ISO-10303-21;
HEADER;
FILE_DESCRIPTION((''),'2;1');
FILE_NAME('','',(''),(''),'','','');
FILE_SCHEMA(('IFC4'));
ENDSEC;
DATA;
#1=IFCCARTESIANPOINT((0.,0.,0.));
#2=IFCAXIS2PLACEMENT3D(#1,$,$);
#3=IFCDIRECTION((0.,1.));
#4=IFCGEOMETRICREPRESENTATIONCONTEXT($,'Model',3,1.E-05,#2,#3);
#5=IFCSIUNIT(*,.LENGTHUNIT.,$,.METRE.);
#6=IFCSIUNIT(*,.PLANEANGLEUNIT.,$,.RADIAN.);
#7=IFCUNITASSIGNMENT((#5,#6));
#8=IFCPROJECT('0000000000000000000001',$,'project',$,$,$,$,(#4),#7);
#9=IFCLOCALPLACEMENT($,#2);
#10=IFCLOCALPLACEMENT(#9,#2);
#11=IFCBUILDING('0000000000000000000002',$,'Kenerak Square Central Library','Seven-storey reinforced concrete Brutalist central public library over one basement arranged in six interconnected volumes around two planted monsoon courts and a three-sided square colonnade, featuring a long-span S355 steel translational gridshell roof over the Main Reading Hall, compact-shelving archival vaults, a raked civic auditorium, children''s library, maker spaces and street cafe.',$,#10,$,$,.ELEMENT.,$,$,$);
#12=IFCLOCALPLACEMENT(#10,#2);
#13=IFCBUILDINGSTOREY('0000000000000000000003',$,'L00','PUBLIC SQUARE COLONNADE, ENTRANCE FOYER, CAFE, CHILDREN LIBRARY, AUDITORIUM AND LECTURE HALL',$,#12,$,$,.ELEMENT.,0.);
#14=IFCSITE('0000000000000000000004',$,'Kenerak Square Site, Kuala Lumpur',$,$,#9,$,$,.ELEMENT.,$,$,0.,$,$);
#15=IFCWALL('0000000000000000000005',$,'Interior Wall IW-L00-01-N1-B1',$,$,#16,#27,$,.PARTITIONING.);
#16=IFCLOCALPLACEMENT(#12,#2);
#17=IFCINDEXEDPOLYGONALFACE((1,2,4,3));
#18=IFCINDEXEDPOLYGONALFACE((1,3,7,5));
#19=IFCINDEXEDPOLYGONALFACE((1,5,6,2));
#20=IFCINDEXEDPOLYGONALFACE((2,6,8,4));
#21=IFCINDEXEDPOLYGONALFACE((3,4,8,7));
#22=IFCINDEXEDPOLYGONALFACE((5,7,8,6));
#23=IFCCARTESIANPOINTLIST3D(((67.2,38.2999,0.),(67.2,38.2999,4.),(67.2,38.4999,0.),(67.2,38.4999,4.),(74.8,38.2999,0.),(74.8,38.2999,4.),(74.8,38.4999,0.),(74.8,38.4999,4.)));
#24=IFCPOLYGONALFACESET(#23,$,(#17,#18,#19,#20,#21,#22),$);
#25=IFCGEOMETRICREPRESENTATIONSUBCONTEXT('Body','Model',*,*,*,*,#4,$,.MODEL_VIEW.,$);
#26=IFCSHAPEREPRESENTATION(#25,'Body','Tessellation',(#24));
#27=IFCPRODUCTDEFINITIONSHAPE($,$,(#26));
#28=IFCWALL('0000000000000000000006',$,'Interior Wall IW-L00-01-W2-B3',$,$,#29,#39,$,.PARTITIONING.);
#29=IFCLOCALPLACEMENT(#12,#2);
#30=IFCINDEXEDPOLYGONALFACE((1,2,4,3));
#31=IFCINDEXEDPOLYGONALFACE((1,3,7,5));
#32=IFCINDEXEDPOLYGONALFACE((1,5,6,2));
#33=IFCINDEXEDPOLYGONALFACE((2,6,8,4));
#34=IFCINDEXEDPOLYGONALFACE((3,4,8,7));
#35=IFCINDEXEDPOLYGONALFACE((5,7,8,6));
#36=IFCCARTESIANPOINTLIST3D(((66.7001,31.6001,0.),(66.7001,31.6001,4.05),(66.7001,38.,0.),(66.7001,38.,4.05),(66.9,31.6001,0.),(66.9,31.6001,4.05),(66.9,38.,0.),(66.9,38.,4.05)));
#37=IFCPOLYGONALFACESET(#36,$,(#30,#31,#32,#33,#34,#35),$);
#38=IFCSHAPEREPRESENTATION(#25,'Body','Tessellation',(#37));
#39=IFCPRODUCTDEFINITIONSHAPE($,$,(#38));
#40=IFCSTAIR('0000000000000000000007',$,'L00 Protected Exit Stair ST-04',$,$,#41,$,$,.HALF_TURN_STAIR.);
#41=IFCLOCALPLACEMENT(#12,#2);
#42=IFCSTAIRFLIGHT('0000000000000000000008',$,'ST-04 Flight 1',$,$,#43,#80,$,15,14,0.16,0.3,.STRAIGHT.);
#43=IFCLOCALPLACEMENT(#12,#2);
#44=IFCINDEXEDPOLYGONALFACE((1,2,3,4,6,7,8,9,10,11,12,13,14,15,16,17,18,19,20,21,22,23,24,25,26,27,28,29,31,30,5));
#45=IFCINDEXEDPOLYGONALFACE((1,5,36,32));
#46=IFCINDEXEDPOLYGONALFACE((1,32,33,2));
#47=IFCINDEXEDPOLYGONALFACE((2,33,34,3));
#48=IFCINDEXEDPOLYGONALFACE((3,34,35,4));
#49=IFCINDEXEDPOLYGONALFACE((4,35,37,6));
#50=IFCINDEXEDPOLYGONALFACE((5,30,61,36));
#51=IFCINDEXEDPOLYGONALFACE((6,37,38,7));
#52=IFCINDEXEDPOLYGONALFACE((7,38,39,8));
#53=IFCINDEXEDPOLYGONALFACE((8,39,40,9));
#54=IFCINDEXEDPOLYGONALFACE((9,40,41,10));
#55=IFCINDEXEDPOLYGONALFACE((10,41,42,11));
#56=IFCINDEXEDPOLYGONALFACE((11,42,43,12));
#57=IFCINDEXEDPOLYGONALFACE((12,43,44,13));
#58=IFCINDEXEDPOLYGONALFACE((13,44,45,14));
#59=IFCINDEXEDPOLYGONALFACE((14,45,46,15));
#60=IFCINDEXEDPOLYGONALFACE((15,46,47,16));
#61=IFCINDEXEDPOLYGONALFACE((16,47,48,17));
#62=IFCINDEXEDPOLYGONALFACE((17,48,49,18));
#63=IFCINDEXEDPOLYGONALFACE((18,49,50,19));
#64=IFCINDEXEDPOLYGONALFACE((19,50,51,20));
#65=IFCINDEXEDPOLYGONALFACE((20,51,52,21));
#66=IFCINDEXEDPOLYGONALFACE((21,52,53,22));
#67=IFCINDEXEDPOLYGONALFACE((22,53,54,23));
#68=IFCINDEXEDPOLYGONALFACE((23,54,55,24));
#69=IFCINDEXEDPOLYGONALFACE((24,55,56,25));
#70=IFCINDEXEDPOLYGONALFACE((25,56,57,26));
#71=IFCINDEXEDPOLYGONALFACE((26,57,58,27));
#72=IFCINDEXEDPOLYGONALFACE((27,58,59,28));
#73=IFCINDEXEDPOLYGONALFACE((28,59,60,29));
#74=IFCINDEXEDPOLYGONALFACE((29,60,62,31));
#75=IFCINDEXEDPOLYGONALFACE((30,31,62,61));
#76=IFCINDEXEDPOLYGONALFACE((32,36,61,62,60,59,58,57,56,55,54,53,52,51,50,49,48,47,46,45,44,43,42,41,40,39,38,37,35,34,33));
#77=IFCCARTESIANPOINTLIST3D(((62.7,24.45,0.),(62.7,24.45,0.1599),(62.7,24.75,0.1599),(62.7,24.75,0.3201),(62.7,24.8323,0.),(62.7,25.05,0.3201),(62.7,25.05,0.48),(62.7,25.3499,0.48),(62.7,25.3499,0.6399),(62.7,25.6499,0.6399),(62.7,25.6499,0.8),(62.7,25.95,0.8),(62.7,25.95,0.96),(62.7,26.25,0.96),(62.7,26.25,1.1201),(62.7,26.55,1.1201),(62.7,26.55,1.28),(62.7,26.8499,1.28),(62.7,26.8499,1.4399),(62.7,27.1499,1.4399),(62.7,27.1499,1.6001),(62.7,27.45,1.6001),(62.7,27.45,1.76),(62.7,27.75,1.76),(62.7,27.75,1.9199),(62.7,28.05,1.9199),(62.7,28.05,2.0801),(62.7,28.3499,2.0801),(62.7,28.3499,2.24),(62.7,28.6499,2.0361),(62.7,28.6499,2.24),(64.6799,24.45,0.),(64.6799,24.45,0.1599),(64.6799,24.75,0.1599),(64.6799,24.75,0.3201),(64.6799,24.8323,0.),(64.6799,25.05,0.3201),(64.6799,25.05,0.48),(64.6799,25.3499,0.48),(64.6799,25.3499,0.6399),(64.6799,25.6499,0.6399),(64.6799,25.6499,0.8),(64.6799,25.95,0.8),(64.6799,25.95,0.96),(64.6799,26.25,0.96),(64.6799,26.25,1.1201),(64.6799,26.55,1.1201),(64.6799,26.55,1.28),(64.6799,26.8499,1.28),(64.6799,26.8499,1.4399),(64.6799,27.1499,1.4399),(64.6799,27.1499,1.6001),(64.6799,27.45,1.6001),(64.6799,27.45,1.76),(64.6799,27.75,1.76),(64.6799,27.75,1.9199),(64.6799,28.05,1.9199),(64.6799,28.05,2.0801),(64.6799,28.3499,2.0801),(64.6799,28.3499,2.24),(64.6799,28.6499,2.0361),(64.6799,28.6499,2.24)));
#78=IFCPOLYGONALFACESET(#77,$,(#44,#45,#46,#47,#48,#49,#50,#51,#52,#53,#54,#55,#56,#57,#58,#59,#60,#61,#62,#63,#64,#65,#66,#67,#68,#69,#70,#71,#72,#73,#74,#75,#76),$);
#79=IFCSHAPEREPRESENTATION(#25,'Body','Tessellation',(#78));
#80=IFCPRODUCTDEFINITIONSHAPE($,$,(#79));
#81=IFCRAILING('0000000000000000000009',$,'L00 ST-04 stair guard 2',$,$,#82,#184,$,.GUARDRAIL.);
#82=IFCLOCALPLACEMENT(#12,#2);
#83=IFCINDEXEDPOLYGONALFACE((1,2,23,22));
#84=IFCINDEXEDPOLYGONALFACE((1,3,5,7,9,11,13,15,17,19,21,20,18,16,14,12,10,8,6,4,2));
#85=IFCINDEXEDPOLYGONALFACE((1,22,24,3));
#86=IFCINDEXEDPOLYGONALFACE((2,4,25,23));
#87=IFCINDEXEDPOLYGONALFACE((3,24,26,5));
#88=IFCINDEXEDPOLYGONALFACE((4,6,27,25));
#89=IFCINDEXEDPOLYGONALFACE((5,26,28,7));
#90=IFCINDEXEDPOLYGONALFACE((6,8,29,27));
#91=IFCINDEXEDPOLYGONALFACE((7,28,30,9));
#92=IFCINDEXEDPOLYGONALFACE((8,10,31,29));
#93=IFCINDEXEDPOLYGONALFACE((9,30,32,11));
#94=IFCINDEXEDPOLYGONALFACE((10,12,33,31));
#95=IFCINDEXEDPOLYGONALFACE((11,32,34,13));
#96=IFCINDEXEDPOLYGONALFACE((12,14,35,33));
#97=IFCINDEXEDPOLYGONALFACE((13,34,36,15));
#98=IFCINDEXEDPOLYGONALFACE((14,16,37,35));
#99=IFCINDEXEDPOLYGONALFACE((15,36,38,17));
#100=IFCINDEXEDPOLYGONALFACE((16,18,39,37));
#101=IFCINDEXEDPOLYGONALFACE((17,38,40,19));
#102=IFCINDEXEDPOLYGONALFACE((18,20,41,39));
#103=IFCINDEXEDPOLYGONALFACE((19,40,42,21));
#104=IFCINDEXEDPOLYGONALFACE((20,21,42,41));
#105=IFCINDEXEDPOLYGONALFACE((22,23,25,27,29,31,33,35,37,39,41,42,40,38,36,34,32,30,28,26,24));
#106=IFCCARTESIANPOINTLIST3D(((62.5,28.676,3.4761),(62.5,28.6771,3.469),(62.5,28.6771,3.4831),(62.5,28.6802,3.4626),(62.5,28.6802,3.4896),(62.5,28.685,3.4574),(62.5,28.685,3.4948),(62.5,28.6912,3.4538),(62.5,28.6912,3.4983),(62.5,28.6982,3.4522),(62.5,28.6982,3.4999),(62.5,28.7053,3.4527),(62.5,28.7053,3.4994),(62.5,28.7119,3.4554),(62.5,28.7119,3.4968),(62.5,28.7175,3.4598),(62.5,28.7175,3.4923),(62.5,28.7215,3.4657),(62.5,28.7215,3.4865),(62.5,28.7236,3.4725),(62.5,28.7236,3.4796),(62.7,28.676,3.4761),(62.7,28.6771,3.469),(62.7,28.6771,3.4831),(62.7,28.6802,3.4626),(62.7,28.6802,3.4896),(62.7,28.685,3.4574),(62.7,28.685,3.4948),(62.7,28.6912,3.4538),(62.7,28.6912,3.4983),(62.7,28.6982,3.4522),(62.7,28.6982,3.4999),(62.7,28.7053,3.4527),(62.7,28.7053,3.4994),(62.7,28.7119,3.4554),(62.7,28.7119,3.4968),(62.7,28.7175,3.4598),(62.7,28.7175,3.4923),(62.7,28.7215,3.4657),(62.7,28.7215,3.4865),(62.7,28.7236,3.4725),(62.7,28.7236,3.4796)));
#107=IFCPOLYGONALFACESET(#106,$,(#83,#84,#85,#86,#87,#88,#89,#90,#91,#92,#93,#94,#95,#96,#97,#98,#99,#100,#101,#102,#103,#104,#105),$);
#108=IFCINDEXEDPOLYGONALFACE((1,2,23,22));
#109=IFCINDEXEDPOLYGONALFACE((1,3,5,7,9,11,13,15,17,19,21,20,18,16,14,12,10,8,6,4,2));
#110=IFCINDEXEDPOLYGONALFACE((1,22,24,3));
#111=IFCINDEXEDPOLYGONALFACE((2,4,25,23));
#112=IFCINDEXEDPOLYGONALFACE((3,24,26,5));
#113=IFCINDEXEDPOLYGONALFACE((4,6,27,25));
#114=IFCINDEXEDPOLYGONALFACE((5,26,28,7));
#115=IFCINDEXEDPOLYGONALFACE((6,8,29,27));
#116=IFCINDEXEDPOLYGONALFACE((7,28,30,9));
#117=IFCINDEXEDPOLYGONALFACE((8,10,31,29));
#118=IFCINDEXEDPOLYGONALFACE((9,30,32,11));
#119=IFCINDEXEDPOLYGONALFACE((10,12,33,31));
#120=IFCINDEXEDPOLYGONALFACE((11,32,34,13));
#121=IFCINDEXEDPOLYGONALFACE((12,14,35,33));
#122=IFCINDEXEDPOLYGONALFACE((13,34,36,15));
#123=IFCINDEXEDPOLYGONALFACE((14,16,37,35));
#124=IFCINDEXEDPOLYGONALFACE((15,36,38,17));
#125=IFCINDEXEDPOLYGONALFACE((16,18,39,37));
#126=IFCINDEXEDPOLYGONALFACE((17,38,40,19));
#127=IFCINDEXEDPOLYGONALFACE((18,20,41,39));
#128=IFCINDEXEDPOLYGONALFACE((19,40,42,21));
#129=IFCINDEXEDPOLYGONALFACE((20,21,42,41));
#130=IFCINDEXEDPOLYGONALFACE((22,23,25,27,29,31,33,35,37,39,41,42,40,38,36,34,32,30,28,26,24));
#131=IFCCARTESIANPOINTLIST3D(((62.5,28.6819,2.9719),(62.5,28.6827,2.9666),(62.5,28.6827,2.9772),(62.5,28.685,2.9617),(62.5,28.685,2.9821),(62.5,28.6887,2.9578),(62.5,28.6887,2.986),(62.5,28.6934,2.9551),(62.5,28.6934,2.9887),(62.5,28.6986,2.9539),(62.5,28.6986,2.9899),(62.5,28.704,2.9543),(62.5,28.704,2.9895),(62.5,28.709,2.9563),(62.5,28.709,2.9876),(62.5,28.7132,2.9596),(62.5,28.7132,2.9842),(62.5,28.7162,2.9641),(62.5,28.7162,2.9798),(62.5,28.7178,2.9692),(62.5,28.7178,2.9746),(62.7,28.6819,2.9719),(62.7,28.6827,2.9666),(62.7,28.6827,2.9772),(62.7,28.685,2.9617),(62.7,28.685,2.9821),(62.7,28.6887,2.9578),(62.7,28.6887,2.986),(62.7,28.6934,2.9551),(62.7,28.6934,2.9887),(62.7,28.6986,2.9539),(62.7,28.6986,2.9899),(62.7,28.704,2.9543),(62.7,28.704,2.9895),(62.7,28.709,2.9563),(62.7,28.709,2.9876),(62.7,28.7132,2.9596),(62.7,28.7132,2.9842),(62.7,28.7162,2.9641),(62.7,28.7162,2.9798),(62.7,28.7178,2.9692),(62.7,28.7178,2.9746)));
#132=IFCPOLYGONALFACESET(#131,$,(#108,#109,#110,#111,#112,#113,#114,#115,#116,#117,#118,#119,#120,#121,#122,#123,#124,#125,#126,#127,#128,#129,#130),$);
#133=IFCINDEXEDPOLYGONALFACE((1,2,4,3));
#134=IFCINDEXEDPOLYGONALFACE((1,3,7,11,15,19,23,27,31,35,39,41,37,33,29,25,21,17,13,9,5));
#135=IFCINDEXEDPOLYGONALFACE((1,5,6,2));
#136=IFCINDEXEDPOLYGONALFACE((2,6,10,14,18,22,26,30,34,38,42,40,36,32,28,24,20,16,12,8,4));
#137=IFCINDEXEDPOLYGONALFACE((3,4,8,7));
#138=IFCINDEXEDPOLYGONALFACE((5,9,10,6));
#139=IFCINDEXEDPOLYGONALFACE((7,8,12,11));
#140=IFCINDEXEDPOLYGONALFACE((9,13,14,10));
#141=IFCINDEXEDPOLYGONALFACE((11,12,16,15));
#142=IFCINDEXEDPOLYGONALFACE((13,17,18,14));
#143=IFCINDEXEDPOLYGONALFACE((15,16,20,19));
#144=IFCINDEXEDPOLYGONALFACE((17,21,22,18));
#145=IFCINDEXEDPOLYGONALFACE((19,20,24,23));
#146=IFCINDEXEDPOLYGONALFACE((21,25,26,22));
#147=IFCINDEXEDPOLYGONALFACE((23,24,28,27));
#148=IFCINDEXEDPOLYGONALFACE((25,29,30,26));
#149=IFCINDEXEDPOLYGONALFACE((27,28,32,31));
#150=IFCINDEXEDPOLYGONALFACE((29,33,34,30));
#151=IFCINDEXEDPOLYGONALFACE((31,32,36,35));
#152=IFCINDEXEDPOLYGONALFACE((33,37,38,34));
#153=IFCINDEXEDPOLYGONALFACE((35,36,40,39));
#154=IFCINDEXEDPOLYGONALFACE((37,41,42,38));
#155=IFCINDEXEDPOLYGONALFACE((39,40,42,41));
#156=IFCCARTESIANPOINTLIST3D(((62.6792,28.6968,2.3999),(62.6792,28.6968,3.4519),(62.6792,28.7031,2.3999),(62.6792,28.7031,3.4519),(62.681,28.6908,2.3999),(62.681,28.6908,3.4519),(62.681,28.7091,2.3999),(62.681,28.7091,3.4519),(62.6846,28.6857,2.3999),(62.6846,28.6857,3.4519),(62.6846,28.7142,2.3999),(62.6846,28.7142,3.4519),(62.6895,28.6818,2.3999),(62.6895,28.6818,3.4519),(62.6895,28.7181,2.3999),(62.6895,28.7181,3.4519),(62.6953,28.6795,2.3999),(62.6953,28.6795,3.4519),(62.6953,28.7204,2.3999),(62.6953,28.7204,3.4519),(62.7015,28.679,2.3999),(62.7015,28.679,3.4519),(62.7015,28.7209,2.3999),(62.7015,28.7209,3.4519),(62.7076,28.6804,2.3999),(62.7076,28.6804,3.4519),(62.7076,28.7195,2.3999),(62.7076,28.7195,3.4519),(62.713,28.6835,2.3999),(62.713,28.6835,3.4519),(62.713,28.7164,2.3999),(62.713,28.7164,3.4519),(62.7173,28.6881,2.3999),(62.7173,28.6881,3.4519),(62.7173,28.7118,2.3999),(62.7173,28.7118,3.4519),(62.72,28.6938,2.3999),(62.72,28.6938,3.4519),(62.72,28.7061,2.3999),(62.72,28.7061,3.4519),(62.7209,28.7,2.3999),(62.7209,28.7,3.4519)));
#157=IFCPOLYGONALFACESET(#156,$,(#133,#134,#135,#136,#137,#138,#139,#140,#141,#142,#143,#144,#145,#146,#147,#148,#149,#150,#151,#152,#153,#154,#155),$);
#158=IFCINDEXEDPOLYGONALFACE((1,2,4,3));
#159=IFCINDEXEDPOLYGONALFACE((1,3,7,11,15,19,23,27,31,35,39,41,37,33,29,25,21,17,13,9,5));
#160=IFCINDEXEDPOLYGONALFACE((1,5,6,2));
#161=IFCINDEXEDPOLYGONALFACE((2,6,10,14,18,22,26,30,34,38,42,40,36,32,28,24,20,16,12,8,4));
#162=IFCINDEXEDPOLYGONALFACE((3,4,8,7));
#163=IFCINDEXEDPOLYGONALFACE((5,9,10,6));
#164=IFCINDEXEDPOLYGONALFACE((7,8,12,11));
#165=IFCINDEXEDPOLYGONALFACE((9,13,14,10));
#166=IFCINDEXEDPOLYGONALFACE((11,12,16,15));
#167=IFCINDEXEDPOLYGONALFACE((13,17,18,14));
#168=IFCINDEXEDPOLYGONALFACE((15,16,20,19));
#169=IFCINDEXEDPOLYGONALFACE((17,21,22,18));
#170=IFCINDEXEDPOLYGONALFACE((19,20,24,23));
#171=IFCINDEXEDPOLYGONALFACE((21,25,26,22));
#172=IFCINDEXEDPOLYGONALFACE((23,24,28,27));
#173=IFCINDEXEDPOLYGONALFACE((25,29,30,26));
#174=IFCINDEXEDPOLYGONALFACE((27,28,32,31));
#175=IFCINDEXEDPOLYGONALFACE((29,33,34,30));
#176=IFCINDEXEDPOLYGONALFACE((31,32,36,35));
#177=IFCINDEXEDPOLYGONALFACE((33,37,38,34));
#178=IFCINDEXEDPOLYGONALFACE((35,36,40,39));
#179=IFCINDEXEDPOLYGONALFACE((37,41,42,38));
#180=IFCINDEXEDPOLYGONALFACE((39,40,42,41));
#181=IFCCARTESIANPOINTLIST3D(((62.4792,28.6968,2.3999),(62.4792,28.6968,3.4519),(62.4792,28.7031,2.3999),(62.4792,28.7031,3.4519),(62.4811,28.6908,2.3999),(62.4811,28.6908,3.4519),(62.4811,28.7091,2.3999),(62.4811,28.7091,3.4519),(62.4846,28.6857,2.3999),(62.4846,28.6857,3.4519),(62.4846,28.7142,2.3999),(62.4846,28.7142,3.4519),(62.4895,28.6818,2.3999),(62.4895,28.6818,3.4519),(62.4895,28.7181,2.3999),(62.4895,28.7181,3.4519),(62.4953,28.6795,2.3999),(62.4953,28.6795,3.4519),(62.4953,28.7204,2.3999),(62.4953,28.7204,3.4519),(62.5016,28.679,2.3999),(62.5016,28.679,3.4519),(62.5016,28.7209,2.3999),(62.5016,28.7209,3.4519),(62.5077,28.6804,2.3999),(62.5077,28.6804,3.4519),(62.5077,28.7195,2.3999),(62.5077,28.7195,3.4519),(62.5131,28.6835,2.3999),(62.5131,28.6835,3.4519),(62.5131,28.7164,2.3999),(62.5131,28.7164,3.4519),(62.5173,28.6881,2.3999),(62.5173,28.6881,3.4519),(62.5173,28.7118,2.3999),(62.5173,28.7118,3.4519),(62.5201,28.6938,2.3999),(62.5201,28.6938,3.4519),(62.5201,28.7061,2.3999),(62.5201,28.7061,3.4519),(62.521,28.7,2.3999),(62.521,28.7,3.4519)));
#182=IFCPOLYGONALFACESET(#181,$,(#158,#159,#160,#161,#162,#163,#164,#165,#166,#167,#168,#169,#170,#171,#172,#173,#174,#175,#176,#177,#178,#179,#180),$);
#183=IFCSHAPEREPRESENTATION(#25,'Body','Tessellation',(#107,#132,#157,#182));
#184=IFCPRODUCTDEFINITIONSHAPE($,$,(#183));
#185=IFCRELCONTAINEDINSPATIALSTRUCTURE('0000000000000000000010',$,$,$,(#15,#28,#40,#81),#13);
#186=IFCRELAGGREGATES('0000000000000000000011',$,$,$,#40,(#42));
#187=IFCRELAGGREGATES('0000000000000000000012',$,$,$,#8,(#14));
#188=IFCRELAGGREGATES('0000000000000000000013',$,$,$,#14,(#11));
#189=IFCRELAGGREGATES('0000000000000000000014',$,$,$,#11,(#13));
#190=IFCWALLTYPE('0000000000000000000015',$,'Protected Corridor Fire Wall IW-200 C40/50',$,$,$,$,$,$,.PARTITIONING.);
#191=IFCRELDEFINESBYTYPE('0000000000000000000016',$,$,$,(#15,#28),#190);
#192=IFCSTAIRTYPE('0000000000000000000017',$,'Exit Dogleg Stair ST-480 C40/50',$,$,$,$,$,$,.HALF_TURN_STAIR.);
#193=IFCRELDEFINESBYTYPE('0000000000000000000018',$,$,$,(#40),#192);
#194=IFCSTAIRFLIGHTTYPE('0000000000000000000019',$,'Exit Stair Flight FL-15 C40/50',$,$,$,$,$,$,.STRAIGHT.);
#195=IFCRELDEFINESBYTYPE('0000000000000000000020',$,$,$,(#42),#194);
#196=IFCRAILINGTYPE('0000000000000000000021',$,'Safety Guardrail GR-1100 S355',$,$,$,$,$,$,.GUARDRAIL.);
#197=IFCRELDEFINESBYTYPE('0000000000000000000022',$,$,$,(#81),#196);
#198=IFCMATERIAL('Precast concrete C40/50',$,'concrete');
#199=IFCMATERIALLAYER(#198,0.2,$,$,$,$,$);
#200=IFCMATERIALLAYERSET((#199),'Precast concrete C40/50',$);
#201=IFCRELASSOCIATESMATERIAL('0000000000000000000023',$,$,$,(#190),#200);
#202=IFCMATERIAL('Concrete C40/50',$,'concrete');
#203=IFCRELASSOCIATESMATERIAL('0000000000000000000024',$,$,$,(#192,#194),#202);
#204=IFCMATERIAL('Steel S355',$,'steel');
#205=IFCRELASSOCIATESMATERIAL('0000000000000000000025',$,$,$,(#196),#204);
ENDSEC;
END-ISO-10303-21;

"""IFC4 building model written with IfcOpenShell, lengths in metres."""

from ifc_helpers import new_model, si_unit, direction, frame, frame_2d, origin, origin_2d, place, context, subcontext, project, spatial, polyline, rectangle, circle, outline, extrude, material, layer, layer_set, type_object, element, aggregate, save


model = new_model("IFC4")

# Units and contexts
model_context = context("Model", 3, precision=1e-05, world=origin(), true_north=direction((0.0, 1.0)))
body_context = subcontext(model_context, "Body", "Model", "MODEL_VIEW")
ifc_project = project(units=[si_unit("LENGTHUNIT", "METRE"), si_unit("PLANEANGLEUNIT", "RADIAN")], contexts=[model_context])

# Site, building, storey
site_placement = place(None, origin())
site = spatial("IfcSite", under=ifc_project, at=site_placement, Name="Kenerak Square Site, Kuala Lumpur", CompositionType="ELEMENT", RefElevation=0.0)
building_placement = place(site_placement, origin())
building = spatial("IfcBuilding", under=site, at=building_placement, Name="Kenerak Square Central Library", Description="Seven-storey reinforced concrete Brutalist central public library over one basement arranged in six interconnected volumes around two planted monsoon courts and a three-sided square colonnade, featuring a long-span S355 steel translational gridshell roof over the Main Reading Hall, compact-shelving archival vaults, a raked civic auditorium, children's library, maker spaces and street cafe.", CompositionType="ELEMENT")
storey_placement = place(building_placement, origin())
storey = spatial("IfcBuildingStorey", under=building, at=storey_placement, Name="L00", Description="PUBLIC SQUARE COLONNADE, ENTRANCE FOYER, CAFE, CHILDREN LIBRARY, AUDITORIUM AND LECTURE HALL", CompositionType="ELEMENT", Elevation=0.0)

# Shared definitions
ifc_material_1 = material(Name="Concrete C40/50", Category="concrete")

# Walls
ifc_material_2 = material(Name="Precast concrete C40/50", Category="concrete")
ifc_layer_1 = layer(ifc_material_2, 0.2)
ifc_layer_set_1 = layer_set([ifc_layer_1], Name="Precast concrete C40/50")
wall_type_1 = type_object("IfcWallType", Name="Protected Corridor Fire Wall IW-200 C40/50", PredefinedType="PARTITIONING", material=ifc_layer_set_1)
wall_1_placement = place(storey_placement, frame((67.2, 38.3999, 0.0), z_axis=(0.0, 0.0, 1.0), x_axis=(1.0, 0.0, 0.0)))
element("IfcWall", 1, at=wall_1_placement, inside=storey, type_object=wall_type_1, Name="Interior Wall IW-L00-01-N1-B1", PredefinedType="PARTITIONING", context=body_context, shape_type="SweptSolid", body=[
    extrude(rectangle(XDim=7.6001, YDim=0.2, at=frame_2d((3.8, 0.0))), origin(), (0.0, 0.0, 1.0), 4.0),
])
wall_2_placement = place(storey_placement, frame((66.8, 31.6001, 0.0), z_axis=(0.0, 0.0, 1.0), x_axis=(0.0, 1.0, 0.0)))
element("IfcWall", 2, at=wall_2_placement, inside=storey, type_object=wall_type_1, Name="Interior Wall IW-L00-01-W2-B3", PredefinedType="PARTITIONING", context=body_context, shape_type="SweptSolid", body=[
    extrude(rectangle(XDim=6.3999, YDim=0.2, at=frame_2d((3.2, 0.0))), origin(), (0.0, 0.0, 1.0), 4.05),
])

# Stair, stair flight
stair_type = type_object("IfcStairType", Name="Exit Dogleg Stair ST-480 C40/50", PredefinedType="HALF_TURN_STAIR", material=ifc_material_1)
stair_placement = place(storey_placement, origin())
stair = element("IfcStair", 3, at=stair_placement, inside=storey, type_object=stair_type, Name="L00 Protected Exit Stair ST-04", PredefinedType="HALF_TURN_STAIR")
stair_flight_type = type_object("IfcStairFlightType", Name="Exit Stair Flight FL-15 C40/50", PredefinedType="STRAIGHT", material=ifc_material_1)
stair_flight_placement = place(storey_placement, frame((63.6899, 24.45, 0.0), z_axis=(0.0, 0.0, 1.0), x_axis=(0.0, 1.0, 0.0)))
stair_flight = element("IfcStairFlight", 4, at=stair_flight_placement, type_object=stair_flight_type, Name="ST-04 Flight 1", NumberOfRisers=15, NumberOfTreads=14, PredefinedType="STRAIGHT", RiserHeight=0.16, TreadLength=0.3, context=body_context, shape_type="SweptSolid", body=[
    extrude(outline(polyline([(0.0, 0.0), (0.0, 0.1599), (0.3, 0.1599), (0.3, 0.3201), (0.6001, 0.3201), (0.6001, 0.48), (0.8999, 0.48), (0.8999, 0.6399), (1.2, 0.6399), (1.2, 0.8), (1.5, 0.8), (1.5, 0.96), (1.8, 0.96), (1.8, 1.1201), (2.1001, 1.1201), (2.1001, 1.28), (2.3999, 1.28), (2.3999, 1.4399), (2.7, 1.4399), (2.7, 1.6001), (3.0, 1.6001), (3.0, 1.76), (3.3, 1.76), (3.3, 1.9199), (3.6001, 1.9199), (3.6001, 2.0801), (3.8999, 2.0801), (3.8999, 2.24), (4.2, 2.24), (4.2, 2.3999), (4.2, 2.0361), (0.3823, 0.0), (0.0, 0.0)])), frame((0.0, 0.99, 0.0), z_axis=(0.0, -1.0, 0.0), x_axis=(1.0, 0.0, 0.0)), (0.0, 0.0, 1.0), 1.98),
])
aggregate(stair, [stair_flight])

# Railing
ifc_material_3 = material(Name="Steel S355", Category="steel")
railing_type_1 = type_object("IfcRailingType", Name="Safety Guardrail GR-1100 S355", PredefinedType="GUARDRAIL", material=ifc_material_3)
railing_1_placement = place(storey_placement, frame((62.7, 28.7, 2.3999)))
element("IfcRailing", 5, at=railing_1_placement, inside=storey, type_object=railing_type_1, Name="L00 ST-04 stair guard 2", PredefinedType="GUARDRAIL", context=body_context, shape_type="SweptSolid", body=[
    extrude(circle(Radius=0.0239, at=origin_2d()), frame((0.0, 0.0, 1.0762), z_axis=(-1.0, 0.0, 0.0), x_axis=(0.0, -1.0, 0.0)), (0.0, 0.0, 1.0), 0.2),
    extrude(circle(Radius=0.0181, at=origin_2d()), frame((0.0, 0.0, 0.572), z_axis=(-1.0, 0.0, 0.0), x_axis=(0.0, -1.0, 0.0)), (0.0, 0.0, 1.0), 0.2),
    extrude(circle(Radius=0.021, at=origin_2d()), origin(), (0.0, 0.0, 1.0), 1.052),
    extrude(circle(Radius=0.021, at=origin_2d()), frame((-0.2, 0.0, 0.0)), (0.0, 0.0, 1.0), 1.052),
])

save(model, "model.ifc")
